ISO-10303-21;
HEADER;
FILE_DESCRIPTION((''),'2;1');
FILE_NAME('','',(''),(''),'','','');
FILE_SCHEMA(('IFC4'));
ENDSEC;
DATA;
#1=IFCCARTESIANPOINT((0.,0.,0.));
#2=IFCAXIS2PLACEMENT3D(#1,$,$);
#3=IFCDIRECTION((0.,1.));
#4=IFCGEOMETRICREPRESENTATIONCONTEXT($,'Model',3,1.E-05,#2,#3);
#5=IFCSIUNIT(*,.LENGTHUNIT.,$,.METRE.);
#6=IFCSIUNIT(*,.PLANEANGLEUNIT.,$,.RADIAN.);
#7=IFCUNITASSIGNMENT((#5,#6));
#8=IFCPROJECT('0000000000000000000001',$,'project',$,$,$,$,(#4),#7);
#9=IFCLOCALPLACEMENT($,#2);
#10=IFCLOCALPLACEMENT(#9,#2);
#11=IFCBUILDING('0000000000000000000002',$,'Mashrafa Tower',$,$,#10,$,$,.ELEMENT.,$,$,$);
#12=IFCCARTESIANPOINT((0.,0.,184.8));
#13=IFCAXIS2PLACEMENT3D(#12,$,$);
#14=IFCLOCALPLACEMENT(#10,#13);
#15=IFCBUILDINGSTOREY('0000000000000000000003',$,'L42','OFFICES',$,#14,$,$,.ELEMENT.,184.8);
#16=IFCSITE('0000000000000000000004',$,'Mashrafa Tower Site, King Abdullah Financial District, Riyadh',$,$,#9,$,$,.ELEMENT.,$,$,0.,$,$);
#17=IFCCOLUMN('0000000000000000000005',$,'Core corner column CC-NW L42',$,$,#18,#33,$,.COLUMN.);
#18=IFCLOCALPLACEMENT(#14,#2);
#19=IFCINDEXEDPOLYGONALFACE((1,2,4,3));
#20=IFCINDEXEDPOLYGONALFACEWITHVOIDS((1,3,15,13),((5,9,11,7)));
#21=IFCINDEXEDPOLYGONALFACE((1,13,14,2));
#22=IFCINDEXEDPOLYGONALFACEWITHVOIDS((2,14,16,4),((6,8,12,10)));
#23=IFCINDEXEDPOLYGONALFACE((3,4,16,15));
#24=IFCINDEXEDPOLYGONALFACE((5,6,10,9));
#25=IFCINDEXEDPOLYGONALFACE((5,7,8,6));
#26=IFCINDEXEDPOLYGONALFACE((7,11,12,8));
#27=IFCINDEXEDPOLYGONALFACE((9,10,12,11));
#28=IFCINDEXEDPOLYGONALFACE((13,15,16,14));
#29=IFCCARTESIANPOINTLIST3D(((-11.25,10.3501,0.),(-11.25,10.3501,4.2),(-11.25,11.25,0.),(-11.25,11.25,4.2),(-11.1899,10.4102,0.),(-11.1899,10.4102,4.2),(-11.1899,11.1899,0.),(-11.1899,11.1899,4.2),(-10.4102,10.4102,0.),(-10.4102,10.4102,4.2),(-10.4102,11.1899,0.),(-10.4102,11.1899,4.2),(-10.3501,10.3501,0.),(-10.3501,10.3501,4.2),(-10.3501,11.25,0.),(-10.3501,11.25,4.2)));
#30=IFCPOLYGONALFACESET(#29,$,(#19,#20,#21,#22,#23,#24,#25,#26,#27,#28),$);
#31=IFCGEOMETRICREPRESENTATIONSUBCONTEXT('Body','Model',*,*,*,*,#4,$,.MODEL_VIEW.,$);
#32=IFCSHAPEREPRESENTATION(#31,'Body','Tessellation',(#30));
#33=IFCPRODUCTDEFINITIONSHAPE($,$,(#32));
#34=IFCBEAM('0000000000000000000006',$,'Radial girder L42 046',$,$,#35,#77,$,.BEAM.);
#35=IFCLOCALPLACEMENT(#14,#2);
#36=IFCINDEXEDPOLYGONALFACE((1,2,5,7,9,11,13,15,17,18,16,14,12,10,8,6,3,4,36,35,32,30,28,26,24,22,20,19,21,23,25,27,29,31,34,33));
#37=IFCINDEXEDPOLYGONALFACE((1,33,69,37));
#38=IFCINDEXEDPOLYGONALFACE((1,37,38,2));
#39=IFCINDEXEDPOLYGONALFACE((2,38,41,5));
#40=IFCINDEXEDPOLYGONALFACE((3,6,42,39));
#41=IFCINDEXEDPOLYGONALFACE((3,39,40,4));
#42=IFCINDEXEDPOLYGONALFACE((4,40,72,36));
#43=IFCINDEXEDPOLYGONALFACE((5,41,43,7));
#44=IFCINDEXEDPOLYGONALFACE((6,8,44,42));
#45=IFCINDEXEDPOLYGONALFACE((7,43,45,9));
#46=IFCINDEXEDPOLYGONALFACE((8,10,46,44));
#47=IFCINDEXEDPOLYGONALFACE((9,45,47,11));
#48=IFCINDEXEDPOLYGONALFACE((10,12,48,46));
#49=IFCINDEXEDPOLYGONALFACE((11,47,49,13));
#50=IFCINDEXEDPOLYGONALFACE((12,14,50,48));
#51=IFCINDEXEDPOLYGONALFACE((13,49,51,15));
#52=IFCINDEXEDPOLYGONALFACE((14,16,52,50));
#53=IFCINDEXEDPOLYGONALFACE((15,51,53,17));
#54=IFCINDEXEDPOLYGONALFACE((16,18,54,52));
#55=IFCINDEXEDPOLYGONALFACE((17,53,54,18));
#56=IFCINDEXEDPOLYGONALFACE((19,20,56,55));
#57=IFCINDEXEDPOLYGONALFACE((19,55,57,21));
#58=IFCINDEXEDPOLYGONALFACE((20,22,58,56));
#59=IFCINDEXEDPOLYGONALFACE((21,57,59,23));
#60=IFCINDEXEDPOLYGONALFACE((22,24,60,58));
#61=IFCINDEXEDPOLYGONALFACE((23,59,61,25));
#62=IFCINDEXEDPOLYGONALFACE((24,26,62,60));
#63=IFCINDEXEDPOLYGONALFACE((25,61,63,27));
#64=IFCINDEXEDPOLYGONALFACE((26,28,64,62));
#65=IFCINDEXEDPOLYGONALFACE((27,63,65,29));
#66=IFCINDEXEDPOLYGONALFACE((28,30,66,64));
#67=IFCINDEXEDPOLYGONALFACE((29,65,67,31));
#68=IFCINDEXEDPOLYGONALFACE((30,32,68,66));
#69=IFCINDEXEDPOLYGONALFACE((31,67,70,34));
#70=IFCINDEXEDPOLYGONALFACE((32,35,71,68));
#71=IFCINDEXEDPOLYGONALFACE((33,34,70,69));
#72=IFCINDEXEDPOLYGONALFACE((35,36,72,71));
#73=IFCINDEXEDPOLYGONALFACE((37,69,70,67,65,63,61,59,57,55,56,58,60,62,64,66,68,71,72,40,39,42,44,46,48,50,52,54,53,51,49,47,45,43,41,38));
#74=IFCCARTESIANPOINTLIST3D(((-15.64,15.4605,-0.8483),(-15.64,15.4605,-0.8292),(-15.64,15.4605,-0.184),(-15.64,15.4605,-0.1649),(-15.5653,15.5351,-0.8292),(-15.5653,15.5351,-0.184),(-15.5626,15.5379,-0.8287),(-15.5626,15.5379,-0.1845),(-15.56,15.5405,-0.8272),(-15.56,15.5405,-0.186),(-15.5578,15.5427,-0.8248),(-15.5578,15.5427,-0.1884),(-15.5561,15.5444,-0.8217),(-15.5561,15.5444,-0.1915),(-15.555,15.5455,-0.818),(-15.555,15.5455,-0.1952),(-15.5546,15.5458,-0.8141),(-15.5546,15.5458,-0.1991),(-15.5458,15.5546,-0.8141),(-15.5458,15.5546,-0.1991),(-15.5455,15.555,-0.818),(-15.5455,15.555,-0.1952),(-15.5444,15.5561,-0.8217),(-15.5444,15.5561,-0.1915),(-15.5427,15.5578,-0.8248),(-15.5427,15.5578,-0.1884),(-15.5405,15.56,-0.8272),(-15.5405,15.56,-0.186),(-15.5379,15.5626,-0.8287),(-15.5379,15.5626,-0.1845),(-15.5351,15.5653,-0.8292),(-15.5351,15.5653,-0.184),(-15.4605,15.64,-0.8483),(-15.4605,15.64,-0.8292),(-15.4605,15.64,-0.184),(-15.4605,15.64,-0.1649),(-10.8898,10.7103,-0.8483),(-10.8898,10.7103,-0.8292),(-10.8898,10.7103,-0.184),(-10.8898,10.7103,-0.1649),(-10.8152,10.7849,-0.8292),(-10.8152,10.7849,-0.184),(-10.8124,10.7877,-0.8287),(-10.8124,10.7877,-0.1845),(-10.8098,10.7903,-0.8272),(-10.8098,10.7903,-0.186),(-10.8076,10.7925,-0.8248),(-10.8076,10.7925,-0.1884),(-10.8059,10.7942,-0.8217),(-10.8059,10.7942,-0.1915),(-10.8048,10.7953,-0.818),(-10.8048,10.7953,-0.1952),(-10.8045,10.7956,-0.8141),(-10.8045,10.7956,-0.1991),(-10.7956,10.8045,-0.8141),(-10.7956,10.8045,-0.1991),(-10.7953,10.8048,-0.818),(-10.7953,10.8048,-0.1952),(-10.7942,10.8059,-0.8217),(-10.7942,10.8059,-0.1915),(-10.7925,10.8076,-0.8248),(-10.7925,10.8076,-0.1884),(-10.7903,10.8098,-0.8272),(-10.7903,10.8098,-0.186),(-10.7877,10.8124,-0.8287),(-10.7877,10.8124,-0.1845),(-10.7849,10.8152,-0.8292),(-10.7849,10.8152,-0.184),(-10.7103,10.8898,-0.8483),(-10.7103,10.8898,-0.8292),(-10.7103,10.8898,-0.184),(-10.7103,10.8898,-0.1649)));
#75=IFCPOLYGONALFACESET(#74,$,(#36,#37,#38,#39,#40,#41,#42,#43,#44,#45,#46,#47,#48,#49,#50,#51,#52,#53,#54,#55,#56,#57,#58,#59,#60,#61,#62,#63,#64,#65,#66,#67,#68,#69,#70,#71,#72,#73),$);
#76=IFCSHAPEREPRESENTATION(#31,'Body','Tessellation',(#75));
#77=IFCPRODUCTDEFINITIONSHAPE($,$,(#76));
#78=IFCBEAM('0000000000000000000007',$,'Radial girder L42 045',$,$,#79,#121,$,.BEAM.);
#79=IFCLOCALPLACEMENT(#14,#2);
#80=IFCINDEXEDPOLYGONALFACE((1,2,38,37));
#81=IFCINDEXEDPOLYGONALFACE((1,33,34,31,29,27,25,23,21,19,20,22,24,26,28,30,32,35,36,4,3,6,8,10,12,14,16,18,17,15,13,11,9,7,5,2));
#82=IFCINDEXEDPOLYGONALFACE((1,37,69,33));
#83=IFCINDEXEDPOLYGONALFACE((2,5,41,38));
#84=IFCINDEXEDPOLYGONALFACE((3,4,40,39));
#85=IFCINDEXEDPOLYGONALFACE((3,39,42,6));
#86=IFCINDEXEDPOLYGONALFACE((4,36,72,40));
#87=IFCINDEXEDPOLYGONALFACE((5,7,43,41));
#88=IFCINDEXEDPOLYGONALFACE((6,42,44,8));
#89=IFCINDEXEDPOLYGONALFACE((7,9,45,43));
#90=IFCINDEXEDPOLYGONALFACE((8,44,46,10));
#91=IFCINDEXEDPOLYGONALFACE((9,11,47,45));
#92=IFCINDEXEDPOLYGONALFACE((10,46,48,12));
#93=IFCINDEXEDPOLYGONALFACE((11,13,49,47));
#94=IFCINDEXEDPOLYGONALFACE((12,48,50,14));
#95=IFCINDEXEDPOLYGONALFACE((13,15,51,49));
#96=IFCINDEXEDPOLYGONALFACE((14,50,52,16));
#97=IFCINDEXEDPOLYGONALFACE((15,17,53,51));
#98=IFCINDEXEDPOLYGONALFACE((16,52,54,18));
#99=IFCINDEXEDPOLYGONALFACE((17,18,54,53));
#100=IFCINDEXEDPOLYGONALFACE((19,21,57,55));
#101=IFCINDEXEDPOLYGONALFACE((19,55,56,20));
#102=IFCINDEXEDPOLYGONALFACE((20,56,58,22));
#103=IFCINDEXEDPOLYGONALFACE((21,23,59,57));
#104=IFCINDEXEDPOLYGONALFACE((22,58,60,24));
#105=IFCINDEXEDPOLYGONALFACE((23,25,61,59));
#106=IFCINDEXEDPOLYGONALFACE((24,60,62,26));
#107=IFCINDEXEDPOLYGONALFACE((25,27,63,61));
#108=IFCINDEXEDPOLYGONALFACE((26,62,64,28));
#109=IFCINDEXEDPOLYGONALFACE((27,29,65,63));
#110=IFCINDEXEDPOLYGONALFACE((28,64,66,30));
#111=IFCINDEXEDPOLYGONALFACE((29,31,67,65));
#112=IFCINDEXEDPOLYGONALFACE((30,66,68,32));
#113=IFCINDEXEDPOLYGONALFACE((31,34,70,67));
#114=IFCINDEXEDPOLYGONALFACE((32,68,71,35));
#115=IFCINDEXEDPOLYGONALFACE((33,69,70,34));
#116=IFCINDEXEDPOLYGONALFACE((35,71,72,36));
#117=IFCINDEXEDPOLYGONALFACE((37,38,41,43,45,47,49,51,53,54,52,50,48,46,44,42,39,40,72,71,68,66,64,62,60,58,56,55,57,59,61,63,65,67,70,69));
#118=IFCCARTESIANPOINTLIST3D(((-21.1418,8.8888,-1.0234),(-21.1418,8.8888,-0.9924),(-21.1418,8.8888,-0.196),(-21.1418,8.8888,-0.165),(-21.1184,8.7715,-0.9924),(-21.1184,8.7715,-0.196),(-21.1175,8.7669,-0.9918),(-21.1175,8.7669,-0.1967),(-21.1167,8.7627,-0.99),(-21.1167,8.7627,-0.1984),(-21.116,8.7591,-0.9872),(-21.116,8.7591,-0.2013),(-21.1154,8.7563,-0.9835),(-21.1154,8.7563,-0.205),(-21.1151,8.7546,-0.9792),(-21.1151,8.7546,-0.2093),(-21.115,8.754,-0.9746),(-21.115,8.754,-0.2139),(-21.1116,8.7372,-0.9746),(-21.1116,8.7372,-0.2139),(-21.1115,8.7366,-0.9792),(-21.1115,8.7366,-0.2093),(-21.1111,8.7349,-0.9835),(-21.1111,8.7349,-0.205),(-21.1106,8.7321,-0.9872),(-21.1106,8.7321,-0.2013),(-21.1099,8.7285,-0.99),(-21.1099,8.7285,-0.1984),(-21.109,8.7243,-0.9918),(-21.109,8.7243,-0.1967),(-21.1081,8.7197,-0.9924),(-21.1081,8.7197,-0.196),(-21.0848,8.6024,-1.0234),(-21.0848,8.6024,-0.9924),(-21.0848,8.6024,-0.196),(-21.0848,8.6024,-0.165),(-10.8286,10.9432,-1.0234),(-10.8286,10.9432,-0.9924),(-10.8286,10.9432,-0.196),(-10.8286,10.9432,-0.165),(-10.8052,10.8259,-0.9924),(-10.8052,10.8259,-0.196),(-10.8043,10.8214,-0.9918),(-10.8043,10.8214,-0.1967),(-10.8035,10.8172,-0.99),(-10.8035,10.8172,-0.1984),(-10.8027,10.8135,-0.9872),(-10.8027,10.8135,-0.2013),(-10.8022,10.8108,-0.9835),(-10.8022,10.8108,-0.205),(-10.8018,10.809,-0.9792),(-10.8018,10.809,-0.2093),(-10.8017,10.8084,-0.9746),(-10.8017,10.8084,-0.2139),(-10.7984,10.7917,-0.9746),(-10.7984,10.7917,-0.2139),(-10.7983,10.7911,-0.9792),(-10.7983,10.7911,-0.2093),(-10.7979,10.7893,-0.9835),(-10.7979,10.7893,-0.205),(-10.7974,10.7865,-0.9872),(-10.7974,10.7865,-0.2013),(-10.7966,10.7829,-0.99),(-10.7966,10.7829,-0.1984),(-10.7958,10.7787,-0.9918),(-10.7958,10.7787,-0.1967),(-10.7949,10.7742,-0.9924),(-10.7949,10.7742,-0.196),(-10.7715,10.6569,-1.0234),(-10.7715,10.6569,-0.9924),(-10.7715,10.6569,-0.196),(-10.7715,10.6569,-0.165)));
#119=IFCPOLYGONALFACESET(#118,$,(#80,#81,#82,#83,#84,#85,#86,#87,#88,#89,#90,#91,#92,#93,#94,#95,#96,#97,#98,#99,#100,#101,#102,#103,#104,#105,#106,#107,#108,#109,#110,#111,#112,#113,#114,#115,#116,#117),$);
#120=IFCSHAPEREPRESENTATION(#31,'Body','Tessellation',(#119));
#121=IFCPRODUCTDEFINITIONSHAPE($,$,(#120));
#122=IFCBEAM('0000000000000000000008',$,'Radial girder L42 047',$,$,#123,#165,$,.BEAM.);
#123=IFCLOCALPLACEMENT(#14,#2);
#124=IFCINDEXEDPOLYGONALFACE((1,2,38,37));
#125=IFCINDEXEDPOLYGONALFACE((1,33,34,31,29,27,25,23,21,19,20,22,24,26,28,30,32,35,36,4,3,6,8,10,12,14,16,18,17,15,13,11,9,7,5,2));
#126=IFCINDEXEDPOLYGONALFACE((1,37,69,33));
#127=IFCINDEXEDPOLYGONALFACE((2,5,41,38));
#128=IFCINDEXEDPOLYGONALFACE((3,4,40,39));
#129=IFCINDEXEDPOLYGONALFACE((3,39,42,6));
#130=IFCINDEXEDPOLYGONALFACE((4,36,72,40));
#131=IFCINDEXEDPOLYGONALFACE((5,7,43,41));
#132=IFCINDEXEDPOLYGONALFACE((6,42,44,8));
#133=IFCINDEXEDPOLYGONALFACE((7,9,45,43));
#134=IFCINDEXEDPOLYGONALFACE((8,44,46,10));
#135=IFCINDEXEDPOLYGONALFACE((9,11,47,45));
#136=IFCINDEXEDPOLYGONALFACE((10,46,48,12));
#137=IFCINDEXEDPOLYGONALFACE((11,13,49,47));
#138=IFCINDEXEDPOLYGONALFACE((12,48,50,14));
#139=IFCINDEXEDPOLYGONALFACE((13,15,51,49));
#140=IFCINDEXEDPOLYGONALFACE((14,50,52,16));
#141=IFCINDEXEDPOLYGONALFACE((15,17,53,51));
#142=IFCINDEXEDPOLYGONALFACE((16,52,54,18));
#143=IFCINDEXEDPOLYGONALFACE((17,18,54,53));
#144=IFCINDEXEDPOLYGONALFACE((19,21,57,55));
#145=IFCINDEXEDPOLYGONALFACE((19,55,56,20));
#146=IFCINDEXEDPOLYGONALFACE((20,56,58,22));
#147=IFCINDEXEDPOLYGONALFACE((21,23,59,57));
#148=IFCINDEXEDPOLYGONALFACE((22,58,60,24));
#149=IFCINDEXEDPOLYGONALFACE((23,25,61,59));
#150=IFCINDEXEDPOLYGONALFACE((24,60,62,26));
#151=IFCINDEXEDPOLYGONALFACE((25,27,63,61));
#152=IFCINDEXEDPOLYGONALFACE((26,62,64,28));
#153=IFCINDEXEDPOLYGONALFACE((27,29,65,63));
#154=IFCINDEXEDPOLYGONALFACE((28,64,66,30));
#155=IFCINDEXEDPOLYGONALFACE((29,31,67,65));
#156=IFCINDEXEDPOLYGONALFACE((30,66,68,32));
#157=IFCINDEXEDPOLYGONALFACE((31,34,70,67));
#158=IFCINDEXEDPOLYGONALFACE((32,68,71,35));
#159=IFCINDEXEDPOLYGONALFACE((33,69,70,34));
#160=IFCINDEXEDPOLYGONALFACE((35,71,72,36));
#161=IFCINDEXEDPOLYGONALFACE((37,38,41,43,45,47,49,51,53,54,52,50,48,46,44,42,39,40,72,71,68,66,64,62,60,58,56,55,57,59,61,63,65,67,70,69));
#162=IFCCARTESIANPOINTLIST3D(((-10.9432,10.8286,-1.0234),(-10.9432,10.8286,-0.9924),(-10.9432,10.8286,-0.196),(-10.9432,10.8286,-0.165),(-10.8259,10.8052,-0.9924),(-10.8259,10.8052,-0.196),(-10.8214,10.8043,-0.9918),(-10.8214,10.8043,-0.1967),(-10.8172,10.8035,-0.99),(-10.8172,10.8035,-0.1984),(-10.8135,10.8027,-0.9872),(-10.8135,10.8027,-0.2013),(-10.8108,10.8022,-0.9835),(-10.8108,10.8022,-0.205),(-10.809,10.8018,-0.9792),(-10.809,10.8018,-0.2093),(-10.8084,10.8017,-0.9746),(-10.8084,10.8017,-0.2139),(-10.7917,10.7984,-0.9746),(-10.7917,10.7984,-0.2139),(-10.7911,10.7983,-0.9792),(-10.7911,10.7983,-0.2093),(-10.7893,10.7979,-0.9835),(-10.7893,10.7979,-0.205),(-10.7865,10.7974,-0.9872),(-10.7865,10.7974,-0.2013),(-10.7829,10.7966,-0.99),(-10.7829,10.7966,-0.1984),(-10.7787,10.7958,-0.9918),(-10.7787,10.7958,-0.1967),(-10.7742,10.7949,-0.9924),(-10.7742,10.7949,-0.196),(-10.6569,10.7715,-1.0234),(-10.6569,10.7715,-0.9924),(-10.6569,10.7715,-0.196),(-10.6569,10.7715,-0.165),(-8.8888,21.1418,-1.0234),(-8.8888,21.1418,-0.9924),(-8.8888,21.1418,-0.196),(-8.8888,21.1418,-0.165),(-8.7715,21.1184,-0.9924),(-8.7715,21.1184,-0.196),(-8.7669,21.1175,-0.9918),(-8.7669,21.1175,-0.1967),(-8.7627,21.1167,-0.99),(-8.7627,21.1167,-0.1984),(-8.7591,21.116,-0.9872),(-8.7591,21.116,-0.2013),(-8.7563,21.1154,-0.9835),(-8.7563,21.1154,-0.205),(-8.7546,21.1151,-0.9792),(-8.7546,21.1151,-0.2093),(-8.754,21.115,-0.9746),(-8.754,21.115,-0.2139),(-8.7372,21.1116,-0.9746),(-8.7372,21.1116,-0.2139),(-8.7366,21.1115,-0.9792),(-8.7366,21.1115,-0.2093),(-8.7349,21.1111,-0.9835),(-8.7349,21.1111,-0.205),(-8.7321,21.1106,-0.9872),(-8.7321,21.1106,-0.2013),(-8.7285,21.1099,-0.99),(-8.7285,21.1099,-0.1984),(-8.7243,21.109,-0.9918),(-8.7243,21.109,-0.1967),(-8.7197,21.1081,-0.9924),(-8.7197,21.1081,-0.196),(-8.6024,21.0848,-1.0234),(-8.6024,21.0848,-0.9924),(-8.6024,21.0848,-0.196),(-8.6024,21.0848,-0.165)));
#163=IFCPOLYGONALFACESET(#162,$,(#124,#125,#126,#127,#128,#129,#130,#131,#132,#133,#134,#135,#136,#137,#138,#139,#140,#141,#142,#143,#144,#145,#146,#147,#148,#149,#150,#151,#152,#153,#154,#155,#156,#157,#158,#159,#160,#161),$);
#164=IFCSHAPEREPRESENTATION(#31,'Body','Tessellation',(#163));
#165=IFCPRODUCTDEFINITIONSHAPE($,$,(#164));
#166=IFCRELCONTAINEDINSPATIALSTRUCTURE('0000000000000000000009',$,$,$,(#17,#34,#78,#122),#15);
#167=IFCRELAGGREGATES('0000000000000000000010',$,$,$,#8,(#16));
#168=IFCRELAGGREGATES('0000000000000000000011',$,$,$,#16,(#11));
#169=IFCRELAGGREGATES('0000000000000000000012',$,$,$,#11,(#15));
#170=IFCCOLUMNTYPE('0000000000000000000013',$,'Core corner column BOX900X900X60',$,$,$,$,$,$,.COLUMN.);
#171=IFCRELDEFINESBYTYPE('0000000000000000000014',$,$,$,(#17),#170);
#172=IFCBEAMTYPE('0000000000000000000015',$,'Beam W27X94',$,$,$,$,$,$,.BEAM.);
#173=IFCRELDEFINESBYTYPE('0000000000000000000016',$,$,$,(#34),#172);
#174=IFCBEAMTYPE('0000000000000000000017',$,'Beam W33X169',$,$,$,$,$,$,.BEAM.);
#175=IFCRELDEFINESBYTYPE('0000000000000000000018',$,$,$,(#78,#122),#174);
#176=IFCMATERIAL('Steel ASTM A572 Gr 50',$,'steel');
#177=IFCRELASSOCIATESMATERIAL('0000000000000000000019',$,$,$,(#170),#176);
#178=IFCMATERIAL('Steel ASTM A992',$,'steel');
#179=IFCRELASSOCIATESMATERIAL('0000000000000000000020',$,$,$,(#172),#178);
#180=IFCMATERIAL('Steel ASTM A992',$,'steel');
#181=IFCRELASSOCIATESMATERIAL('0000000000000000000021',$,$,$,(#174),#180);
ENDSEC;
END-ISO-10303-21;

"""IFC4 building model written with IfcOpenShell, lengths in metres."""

from ifc_helpers import new_model, si_unit, direction, frame, origin, origin_2d, place, context, subcontext, project, spatial, hollow_rectangle, i_section, extrude, material, material_profile, profile_set, type_object, element, save


model = new_model("IFC4")

# Units and contexts
model_context = context("Model", 3, precision=1e-05, world=origin(), true_north=direction((0.0, 1.0)))
body_context = subcontext(model_context, "Body", "Model", "MODEL_VIEW")
ifc_project = project(units=[si_unit("LENGTHUNIT", "METRE"), si_unit("PLANEANGLEUNIT", "RADIAN")], contexts=[model_context])

# Site, building, storey
site_placement = place(None, origin())
site = spatial("IfcSite", under=ifc_project, at=site_placement, Name="Mashrafa Tower Site, King Abdullah Financial District, Riyadh", CompositionType="ELEMENT", RefElevation=0.0)
building_placement = place(site_placement, origin())
building = spatial("IfcBuilding", under=site, at=building_placement, Name="Mashrafa Tower", CompositionType="ELEMENT")
storey_placement = place(building_placement, frame((0.0, 0.0, 184.8)))
storey = spatial("IfcBuildingStorey", under=building, at=storey_placement, Name="L42", Description="OFFICES", CompositionType="ELEMENT", Elevation=184.8)

# Column
ifc_material_1 = material(Name="Steel ASTM A572 Gr 50", Category="steel")
ifc_material_profile_1 = material_profile(ifc_material_1, hollow_rectangle(XDim=0.8999, YDim=0.8999, WallThickness=0.0601, at=origin_2d()), Name="BOX900X900X60")
ifc_profile_set_1 = profile_set([ifc_material_profile_1], Name="Steel ASTM A572 Gr 50")
column_type = type_object("IfcColumnType", Name="Core corner column BOX900X900X60", PredefinedType="COLUMN", material=ifc_profile_set_1)
column_placement = place(storey_placement, frame((-10.8, 10.8, 0.0), z_axis=(0.0, 0.0, 1.0), x_axis=(1.0, 0.0, 0.0)))
element("IfcColumn", 1, at=column_placement, inside=storey, type_object=column_type, Name="Core corner column CC-NW L42", PredefinedType="COLUMN", context=body_context, shape_type="SweptSolid", body=[
    extrude(hollow_rectangle(XDim=0.8999, YDim=0.8999, WallThickness=0.0601, at=origin_2d()), origin(), (0.0, 0.0, 1.0), 4.2),
])

# Beams
ifc_material_2 = material(Name="Steel ASTM A992", Category="steel")
ifc_material_profile_2 = material_profile(ifc_material_2, i_section(OverallWidth=0.2539, OverallDepth=0.6833, WebThickness=0.0125, FlangeThickness=0.019, FilletRadius=0.0151, at=origin_2d()), Name="W27X94")
ifc_profile_set_2 = profile_set([ifc_material_profile_2], Name="Steel ASTM A992")
beam_type_1 = type_object("IfcBeamType", Name="Beam W27X94", PredefinedType="BEAM", material=ifc_profile_set_2)
beam_1_placement = place(storey_placement, frame((-10.8, 10.8, -0.5066), z_axis=(-0.707107, 0.707107, 0.0), x_axis=(-0.707107, -0.707107, 0.0)))
element("IfcBeam", 2, at=beam_1_placement, inside=storey, type_object=beam_type_1, Name="Radial girder L42 046", PredefinedType="BEAM", context=body_context, shape_type="SweptSolid", body=[
    extrude(i_section(OverallWidth=0.2539, OverallDepth=0.6833, WebThickness=0.0125, FlangeThickness=0.019, FilletRadius=0.0151, at=origin_2d()), origin(), (0.0, 0.0, 1.0), 6.7178),
])
ifc_material_3 = material(Name="Steel ASTM A992", Category="steel")
ifc_material_profile_3 = material_profile(ifc_material_3, i_section(OverallWidth=0.292, OverallDepth=0.8584, WebThickness=0.0171, FlangeThickness=0.031, FilletRadius=0.0178, at=origin_2d()), Name="W33X169")
ifc_profile_set_3 = profile_set([ifc_material_profile_3], Name="Steel ASTM A992")
beam_type_2 = type_object("IfcBeamType", Name="Beam W33X169", PredefinedType="BEAM", material=ifc_profile_set_3)
for number, where, z_axis, x_axis, name in (
    (3, (-10.8, 10.8, -0.5942), (-0.98073, -0.195366, 0.0), (0.195366, -0.98073, 0.0), "Radial girder L42 045"),
    (4, (-10.8, 10.8, -0.5942), (0.195366, 0.98073, 0.0), (-0.98073, 0.195366, 0.0), "Radial girder L42 047"),
):
    element("IfcBeam", number, at=place(storey_placement, frame(where, z_axis=z_axis, x_axis=x_axis)), inside=storey, type_object=beam_type_2, Name=name, PredefinedType="BEAM", context=body_context, shape_type="SweptSolid", body=[
        extrude(i_section(OverallWidth=0.292, OverallDepth=0.8584, WebThickness=0.0171, FlangeThickness=0.031, FilletRadius=0.0178, at=origin_2d()), origin(), (0.0, 0.0, 1.0), 10.5159),
    ])

save(model, "model.ifc")
